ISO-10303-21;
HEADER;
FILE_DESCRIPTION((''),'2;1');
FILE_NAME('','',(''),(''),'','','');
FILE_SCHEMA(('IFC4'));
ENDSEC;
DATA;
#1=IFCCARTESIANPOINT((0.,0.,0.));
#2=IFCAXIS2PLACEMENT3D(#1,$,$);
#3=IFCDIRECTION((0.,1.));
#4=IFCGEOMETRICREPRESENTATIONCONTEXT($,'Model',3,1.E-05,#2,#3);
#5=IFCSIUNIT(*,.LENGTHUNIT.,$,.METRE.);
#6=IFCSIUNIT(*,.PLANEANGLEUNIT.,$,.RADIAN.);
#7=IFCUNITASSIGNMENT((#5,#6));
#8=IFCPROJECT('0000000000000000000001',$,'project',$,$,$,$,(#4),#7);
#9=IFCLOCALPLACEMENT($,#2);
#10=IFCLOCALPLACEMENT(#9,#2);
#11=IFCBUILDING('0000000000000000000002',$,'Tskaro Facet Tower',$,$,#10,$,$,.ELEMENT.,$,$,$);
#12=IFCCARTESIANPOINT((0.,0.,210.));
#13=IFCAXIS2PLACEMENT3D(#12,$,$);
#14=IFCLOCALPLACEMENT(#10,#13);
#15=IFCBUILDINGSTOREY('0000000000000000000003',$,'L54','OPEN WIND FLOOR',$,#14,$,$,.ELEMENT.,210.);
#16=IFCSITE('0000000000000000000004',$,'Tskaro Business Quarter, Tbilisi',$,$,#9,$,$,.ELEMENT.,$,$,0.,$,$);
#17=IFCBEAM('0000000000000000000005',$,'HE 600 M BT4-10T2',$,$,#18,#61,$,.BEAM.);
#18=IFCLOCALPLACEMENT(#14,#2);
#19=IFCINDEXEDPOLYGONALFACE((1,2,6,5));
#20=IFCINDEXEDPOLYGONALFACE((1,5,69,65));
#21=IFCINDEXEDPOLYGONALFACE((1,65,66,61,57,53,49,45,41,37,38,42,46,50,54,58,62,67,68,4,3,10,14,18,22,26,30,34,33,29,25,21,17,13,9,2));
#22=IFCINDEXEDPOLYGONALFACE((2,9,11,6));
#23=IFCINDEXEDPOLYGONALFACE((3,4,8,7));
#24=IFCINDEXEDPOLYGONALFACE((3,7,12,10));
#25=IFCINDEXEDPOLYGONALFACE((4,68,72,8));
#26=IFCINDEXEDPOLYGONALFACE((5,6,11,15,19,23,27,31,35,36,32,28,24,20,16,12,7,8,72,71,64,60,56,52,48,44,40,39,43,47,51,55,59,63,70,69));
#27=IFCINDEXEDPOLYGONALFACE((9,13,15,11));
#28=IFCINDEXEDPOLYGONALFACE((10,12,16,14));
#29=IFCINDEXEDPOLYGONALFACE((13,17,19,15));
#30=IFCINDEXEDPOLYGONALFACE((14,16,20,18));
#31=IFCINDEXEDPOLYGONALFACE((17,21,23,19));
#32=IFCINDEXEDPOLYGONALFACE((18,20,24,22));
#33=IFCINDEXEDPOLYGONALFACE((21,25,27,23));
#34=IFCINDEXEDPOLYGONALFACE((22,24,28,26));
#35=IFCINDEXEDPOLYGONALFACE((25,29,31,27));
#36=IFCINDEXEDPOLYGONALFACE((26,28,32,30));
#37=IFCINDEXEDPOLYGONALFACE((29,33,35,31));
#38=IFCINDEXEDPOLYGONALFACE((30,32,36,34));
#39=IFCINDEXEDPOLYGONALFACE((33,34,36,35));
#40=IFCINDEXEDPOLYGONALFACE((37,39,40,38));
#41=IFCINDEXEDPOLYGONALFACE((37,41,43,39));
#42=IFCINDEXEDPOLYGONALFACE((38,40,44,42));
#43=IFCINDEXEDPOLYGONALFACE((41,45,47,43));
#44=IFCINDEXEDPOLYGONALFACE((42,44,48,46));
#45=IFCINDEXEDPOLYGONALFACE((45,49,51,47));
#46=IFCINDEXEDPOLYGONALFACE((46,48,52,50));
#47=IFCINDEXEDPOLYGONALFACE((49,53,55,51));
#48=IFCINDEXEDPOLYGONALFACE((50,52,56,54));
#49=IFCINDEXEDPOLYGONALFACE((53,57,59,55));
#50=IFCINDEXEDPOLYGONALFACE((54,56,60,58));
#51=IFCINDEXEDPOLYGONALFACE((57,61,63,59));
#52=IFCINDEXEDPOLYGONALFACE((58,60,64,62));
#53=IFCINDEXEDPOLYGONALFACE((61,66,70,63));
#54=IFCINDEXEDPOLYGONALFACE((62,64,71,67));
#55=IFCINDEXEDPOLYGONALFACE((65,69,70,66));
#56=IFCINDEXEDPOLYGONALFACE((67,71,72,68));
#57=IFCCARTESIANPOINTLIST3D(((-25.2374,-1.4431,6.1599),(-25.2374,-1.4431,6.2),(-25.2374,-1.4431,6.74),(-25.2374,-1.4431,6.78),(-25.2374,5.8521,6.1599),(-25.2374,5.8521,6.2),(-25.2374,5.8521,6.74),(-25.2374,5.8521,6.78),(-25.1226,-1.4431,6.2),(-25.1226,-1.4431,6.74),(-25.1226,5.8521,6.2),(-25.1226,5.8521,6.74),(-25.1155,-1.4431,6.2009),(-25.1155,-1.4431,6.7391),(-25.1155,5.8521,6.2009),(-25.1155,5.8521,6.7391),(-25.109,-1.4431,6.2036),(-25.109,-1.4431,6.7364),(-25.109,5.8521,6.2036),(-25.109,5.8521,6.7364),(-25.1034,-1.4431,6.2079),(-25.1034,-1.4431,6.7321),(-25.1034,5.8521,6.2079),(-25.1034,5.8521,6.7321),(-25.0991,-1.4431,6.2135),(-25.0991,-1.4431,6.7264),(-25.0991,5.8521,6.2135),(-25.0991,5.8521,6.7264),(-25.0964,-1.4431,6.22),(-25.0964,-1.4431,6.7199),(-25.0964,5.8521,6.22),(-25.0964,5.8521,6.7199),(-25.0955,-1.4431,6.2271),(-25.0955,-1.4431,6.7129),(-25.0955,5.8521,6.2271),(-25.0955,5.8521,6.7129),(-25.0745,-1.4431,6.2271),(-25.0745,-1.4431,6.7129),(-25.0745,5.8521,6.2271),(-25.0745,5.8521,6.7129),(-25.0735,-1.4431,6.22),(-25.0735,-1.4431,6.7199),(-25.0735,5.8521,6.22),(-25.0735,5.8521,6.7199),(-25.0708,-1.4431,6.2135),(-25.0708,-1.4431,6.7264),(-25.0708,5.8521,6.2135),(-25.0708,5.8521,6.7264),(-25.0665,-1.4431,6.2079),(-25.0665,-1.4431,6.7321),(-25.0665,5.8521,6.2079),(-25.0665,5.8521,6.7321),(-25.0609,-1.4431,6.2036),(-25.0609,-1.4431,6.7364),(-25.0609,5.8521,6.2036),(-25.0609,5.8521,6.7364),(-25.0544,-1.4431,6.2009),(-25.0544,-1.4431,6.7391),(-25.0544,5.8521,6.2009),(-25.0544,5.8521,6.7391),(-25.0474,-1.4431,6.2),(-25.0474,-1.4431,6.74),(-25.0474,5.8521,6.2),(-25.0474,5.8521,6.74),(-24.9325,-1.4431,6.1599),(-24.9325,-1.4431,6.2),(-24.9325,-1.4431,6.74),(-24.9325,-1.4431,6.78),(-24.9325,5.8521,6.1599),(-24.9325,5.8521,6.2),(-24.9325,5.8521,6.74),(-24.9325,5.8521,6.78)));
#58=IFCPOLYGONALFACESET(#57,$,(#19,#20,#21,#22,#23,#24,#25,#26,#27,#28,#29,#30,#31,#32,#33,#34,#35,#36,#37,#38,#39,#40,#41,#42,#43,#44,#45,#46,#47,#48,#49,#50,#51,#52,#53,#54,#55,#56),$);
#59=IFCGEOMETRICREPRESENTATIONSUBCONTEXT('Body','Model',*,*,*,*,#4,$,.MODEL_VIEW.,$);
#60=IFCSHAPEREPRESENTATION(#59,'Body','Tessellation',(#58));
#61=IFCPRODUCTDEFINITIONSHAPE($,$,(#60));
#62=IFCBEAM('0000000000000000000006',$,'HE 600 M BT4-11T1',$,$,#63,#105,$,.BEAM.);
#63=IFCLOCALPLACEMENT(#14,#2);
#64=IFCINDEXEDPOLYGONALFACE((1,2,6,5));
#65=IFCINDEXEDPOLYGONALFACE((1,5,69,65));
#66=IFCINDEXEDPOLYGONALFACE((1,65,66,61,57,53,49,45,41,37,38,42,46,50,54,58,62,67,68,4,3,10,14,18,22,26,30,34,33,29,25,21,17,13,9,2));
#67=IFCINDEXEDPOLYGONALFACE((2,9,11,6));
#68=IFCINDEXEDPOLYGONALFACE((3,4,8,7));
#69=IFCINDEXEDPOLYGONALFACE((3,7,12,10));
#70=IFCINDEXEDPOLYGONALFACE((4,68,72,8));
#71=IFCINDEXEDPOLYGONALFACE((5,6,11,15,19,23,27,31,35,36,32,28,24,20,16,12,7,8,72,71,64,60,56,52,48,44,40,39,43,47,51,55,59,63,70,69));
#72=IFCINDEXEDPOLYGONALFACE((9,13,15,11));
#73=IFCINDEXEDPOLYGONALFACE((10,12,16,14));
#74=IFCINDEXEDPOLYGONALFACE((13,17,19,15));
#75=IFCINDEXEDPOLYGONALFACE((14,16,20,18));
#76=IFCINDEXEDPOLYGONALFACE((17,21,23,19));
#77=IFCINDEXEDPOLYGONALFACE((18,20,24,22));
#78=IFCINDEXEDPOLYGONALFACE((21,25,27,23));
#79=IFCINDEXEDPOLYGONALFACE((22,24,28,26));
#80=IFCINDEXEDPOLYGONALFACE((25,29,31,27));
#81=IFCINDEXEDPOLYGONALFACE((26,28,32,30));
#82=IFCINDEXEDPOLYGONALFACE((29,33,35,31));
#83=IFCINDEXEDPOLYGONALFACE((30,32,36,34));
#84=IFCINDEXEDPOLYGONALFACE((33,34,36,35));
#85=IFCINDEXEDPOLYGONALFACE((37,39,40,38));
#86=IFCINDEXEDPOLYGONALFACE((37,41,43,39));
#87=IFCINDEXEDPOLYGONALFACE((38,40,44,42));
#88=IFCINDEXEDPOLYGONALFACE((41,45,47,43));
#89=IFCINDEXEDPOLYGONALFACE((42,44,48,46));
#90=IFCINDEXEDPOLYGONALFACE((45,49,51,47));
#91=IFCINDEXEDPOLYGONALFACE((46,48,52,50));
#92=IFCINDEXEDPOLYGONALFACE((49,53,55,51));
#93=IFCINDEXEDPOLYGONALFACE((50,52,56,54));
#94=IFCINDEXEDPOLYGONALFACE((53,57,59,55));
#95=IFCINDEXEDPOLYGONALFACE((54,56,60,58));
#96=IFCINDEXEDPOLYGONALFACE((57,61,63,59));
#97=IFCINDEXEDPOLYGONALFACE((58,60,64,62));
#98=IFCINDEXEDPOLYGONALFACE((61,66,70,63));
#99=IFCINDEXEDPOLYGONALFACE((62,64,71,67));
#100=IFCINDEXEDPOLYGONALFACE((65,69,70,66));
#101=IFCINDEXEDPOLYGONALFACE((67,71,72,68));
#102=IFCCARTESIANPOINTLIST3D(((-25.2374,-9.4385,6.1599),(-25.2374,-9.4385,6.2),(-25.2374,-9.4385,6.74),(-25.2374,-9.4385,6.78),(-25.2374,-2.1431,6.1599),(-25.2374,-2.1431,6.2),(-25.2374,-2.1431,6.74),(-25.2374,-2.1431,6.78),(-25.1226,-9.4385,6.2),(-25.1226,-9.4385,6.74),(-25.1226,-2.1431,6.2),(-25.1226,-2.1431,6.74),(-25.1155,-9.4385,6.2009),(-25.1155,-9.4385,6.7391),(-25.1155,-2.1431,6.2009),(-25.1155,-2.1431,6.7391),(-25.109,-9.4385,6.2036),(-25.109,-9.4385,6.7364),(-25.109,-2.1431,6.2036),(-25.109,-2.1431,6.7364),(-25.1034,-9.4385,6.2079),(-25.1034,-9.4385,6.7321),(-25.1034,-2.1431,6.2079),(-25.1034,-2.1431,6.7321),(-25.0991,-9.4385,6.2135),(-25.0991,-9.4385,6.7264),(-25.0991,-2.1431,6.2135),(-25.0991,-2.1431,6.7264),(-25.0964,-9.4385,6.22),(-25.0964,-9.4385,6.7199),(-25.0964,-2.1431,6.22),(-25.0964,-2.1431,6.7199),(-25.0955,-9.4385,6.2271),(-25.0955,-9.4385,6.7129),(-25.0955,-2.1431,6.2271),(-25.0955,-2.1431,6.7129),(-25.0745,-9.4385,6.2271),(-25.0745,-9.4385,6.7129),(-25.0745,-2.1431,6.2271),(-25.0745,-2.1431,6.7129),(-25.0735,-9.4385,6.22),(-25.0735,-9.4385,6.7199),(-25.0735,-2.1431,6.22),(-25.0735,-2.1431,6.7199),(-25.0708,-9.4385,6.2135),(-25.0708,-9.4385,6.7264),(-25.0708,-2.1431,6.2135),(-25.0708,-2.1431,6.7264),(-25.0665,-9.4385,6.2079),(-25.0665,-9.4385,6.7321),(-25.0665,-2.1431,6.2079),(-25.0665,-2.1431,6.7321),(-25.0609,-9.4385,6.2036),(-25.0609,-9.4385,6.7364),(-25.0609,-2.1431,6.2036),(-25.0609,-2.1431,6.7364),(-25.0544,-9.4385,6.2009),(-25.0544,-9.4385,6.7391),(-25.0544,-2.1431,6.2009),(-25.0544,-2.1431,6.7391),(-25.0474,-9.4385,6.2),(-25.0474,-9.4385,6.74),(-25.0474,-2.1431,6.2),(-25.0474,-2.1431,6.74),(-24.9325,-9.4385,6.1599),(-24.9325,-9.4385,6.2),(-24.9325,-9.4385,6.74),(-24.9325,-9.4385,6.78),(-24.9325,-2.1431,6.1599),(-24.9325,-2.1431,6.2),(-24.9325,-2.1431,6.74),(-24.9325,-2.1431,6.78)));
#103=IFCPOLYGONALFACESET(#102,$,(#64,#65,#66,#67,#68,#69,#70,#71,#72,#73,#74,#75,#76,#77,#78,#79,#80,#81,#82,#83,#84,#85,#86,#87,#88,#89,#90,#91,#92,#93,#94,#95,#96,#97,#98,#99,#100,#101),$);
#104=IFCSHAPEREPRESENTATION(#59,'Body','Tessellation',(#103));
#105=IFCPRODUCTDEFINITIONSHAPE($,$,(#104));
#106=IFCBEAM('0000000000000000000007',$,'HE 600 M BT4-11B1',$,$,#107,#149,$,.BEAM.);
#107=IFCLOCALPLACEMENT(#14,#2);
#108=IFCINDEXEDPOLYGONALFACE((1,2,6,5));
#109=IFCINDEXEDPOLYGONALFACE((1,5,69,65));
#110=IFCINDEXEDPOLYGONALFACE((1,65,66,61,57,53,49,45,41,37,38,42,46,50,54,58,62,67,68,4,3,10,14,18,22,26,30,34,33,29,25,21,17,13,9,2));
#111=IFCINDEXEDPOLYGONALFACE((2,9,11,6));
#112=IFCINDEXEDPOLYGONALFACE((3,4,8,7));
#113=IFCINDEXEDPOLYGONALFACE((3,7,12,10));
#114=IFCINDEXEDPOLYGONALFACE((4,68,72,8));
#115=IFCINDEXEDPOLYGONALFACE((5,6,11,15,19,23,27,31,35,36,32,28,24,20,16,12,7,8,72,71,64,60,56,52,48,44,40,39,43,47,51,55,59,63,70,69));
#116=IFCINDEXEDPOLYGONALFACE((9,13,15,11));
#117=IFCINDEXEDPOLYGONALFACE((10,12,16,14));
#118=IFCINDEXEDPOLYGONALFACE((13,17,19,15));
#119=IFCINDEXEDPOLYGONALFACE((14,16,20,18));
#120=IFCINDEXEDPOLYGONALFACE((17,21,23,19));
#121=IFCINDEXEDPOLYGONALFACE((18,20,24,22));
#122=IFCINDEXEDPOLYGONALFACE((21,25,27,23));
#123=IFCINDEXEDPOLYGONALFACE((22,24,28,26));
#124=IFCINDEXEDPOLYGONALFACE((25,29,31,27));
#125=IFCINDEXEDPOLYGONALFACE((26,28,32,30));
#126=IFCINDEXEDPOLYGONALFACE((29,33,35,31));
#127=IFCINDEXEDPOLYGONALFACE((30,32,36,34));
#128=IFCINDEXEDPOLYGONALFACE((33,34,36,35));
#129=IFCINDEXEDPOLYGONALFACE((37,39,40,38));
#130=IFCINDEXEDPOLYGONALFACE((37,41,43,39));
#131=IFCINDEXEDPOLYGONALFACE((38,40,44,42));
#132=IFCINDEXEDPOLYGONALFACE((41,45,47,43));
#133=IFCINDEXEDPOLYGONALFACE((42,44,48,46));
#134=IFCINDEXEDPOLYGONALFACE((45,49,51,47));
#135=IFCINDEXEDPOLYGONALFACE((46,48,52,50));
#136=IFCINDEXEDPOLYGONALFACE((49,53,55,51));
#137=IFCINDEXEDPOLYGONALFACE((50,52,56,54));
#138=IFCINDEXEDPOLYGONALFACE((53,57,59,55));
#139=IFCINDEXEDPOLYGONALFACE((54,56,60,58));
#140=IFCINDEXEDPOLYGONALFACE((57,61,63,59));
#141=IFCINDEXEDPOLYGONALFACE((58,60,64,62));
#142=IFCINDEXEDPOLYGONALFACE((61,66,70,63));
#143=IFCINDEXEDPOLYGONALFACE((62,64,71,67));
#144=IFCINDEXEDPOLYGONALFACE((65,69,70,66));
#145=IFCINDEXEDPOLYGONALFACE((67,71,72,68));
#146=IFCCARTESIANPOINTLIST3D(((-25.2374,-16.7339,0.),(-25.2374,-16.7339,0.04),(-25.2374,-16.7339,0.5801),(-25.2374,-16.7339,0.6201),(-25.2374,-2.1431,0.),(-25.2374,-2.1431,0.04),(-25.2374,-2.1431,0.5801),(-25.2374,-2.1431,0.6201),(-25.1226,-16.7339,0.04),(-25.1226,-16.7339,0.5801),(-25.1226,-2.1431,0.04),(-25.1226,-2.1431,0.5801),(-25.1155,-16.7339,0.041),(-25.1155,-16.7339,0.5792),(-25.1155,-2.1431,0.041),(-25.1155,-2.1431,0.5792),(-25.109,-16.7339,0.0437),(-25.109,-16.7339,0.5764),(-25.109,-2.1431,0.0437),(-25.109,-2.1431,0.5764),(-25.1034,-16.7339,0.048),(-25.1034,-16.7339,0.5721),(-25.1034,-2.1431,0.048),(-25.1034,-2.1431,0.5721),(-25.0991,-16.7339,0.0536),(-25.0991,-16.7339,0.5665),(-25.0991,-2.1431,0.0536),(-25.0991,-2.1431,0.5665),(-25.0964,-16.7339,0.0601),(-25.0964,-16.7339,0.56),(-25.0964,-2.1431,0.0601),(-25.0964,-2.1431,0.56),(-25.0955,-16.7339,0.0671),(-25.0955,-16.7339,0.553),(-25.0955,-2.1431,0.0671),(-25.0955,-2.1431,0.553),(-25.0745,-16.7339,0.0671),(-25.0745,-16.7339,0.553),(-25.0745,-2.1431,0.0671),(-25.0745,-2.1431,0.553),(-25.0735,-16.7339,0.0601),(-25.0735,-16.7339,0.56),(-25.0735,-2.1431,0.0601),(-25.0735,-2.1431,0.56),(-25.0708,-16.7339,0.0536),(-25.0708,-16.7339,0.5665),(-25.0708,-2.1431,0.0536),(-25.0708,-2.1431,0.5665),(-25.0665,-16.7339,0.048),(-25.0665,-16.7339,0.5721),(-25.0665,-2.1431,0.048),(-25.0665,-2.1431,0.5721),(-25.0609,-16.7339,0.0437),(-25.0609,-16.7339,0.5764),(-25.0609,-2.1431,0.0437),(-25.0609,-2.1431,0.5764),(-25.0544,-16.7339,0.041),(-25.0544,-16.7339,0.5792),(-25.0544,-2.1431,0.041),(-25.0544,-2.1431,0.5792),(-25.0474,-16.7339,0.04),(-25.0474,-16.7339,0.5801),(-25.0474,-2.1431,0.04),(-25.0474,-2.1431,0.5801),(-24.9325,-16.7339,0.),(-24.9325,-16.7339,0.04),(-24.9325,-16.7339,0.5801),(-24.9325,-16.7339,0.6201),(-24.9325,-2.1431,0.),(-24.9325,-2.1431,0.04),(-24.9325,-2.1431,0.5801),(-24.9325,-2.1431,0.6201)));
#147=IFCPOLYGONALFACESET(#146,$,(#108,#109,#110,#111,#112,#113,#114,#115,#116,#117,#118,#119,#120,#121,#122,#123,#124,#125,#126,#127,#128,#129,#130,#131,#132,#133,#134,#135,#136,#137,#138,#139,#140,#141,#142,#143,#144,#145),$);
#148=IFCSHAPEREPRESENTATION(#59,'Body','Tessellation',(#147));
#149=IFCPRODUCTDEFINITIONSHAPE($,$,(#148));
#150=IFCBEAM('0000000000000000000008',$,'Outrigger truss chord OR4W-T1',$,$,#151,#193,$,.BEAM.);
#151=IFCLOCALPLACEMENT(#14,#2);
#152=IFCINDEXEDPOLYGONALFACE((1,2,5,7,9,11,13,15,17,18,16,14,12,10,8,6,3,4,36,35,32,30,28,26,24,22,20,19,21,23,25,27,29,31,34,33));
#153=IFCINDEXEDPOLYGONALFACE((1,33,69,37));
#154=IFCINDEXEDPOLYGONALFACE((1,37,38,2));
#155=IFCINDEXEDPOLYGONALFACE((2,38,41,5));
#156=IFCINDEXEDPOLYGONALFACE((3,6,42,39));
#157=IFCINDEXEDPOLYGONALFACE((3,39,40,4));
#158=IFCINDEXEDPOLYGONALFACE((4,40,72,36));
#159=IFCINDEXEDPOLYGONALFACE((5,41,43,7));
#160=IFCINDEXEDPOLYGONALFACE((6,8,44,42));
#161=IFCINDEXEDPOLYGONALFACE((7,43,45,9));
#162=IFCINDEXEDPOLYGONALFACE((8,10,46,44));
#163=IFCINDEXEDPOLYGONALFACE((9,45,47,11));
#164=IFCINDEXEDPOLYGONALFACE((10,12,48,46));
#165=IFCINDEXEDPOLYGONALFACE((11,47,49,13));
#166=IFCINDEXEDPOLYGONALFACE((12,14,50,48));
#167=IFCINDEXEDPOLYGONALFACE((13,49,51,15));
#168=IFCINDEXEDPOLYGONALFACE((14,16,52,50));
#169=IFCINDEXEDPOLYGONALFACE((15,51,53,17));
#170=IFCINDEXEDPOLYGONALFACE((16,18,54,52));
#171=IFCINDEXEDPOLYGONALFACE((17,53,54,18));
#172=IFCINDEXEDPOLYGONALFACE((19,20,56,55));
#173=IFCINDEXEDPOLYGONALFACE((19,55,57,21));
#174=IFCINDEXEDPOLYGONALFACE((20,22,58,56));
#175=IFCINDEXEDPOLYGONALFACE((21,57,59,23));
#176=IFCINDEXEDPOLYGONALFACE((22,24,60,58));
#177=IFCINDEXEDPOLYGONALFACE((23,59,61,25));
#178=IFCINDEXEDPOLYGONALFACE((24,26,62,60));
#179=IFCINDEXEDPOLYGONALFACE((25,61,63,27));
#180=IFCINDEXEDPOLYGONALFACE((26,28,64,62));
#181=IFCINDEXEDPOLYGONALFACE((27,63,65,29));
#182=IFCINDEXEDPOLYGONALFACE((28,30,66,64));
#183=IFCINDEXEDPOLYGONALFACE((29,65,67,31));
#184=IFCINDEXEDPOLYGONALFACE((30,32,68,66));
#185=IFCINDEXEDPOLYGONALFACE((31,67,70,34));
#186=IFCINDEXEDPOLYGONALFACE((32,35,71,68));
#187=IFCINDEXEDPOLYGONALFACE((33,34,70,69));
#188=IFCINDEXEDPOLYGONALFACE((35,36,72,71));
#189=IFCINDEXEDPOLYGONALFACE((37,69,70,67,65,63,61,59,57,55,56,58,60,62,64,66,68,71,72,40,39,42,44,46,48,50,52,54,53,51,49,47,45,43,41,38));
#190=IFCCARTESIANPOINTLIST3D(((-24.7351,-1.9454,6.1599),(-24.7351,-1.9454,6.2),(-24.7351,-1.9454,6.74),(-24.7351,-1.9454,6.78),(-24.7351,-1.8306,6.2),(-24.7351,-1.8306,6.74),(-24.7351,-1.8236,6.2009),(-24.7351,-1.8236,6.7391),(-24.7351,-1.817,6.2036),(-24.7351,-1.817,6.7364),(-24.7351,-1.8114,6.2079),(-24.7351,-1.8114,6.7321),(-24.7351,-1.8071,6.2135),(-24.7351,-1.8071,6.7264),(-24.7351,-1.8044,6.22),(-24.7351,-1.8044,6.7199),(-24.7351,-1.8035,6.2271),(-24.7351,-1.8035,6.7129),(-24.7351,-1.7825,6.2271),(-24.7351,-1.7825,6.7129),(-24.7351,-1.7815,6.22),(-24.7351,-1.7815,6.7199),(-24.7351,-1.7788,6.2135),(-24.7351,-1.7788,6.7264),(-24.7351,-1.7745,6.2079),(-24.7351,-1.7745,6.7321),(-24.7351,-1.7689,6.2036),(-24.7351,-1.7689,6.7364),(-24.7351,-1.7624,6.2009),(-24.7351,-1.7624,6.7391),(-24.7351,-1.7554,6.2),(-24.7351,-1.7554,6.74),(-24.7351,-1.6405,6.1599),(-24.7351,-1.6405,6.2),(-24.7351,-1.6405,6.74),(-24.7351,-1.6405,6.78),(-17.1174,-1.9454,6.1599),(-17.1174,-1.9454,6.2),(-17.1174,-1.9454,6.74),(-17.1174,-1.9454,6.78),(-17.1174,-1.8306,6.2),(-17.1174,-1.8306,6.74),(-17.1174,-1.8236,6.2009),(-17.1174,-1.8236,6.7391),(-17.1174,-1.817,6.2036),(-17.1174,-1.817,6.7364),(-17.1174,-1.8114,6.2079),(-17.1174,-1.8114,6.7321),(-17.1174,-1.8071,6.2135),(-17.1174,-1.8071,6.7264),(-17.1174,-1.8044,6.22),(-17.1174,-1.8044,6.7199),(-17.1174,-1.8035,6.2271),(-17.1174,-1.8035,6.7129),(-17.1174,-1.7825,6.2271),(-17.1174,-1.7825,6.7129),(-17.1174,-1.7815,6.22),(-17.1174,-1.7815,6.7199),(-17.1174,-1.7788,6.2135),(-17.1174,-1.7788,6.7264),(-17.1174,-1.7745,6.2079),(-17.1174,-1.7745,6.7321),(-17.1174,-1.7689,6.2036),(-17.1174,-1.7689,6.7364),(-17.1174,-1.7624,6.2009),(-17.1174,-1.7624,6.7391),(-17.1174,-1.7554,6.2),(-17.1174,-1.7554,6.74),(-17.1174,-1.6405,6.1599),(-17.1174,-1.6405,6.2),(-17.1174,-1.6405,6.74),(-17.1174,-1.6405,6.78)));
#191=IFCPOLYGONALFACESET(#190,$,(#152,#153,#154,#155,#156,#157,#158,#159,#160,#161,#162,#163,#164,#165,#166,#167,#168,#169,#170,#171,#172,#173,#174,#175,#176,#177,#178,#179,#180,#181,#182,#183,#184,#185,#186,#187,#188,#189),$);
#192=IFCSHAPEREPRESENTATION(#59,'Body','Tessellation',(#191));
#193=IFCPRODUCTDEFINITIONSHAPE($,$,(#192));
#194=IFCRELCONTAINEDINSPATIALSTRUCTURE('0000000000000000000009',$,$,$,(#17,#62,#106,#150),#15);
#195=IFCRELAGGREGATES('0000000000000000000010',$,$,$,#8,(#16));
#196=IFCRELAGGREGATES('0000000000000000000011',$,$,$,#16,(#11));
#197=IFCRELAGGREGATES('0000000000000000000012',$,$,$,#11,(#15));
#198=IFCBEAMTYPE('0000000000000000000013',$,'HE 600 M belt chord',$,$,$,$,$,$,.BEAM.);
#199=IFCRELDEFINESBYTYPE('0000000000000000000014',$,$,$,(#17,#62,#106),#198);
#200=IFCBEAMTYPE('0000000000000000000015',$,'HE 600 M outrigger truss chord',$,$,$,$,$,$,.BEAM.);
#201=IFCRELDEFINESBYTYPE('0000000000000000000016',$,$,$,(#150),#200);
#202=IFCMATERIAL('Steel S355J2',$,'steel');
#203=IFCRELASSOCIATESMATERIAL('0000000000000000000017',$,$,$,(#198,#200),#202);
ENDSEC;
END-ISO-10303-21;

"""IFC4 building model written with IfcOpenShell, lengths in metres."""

from ifc_helpers import new_model, si_unit, direction, frame, origin, origin_2d, place, context, subcontext, project, spatial, i_section, extrude, material, material_profile, profile_set, type_object, element, save


model = new_model("IFC4")

# Units and contexts
model_context = context("Model", 3, precision=1e-05, world=origin(), true_north=direction((0.0, 1.0)))
body_context = subcontext(model_context, "Body", "Model", "MODEL_VIEW")
ifc_project = project(units=[si_unit("LENGTHUNIT", "METRE"), si_unit("PLANEANGLEUNIT", "RADIAN")], contexts=[model_context])

# Site, building, storey
site_placement = place(None, origin())
site = spatial("IfcSite", under=ifc_project, at=site_placement, Name="Tskaro Business Quarter, Tbilisi", CompositionType="ELEMENT", RefElevation=0.0)
building_placement = place(site_placement, origin())
building = spatial("IfcBuilding", under=site, at=building_placement, Name="Tskaro Facet Tower", CompositionType="ELEMENT")
storey_placement = place(building_placement, frame((0.0, 0.0, 210.0)))
storey = spatial("IfcBuildingStorey", under=building, at=storey_placement, Name="L54", Description="OPEN WIND FLOOR", CompositionType="ELEMENT", Elevation=210.0)

# Shared definitions
ifc_material_1 = material(Name="Steel S355J2", Category="steel")

# Beams
ifc_material_profile_1 = material_profile(ifc_material_1, i_section(OverallWidth=0.3049, OverallDepth=0.6201, WebThickness=0.021, FlangeThickness=0.04, FilletRadius=0.0271, at=origin_2d()), Name="HE 600 M")
ifc_profile_set_1 = profile_set([ifc_material_profile_1], Name="Steel S355J2")
beam_type_1 = type_object("IfcBeamType", Name="HE 600 M belt chord", PredefinedType="BEAM", material=ifc_profile_set_1)
beam_1_placement = place(storey_placement, frame((-25.085, 5.8521, 6.47), z_axis=(0.0, -1.0, 0.0), x_axis=(1.0, 0.0, 0.0)))
element("IfcBeam", 1, at=beam_1_placement, inside=storey, type_object=beam_type_1, Name="HE 600 M BT4-10T2", PredefinedType="BEAM", context=body_context, shape_type="SweptSolid", body=[
    extrude(i_section(OverallWidth=0.3049, OverallDepth=0.6201, WebThickness=0.021, FlangeThickness=0.04, FilletRadius=0.0271, at=origin_2d()), origin(), (0.0, 0.0, 1.0), 7.2952),
])
beam_2_placement = place(storey_placement, frame((-25.085, -2.1431, 6.47), z_axis=(0.0, -1.0, 0.0), x_axis=(1.0, 0.0, 0.0)))
element("IfcBeam", 2, at=beam_2_placement, inside=storey, type_object=beam_type_1, Name="HE 600 M BT4-11T1", PredefinedType="BEAM", context=body_context, shape_type="SweptSolid", body=[
    extrude(i_section(OverallWidth=0.3049, OverallDepth=0.6201, WebThickness=0.021, FlangeThickness=0.04, FilletRadius=0.0271, at=origin_2d()), origin(), (0.0, 0.0, 1.0), 7.2954),
])
beam_3_placement = place(storey_placement, frame((-25.085, -2.1431, 0.3101), z_axis=(0.0, -1.0, 0.0), x_axis=(1.0, 0.0, 0.0)))
element("IfcBeam", 3, at=beam_3_placement, inside=storey, type_object=beam_type_1, Name="HE 600 M BT4-11B1", PredefinedType="BEAM", context=body_context, shape_type="SweptSolid", body=[
    extrude(i_section(OverallWidth=0.3049, OverallDepth=0.6201, WebThickness=0.021, FlangeThickness=0.04, FilletRadius=0.0271, at=origin_2d()), origin(), (0.0, 0.0, 1.0), 14.5908),
])
ifc_material_profile_2 = material_profile(ifc_material_1, i_section(OverallWidth=0.3049, OverallDepth=0.6201, WebThickness=0.021, FlangeThickness=0.04, FilletRadius=0.0271, at=origin_2d()), Name="HE 600 M")
ifc_profile_set_2 = profile_set([ifc_material_profile_2], Name="Steel S355J2")
beam_type_2 = type_object("IfcBeamType", Name="HE 600 M outrigger truss chord", PredefinedType="BEAM", material=ifc_profile_set_2)
for number, where, z_axis, x_axis, name in (
    (4, (-24.7351, -1.793, 6.47), (1.0, 0.0, 0.0), (0.0, 1.0, 0.0), "Outrigger truss chord OR4W-T1"),
):
    element("IfcBeam", number, at=place(storey_placement, frame(where, z_axis=z_axis, x_axis=x_axis)), inside=storey, type_object=beam_type_2, Name=name, PredefinedType="BEAM", context=body_context, shape_type="SweptSolid", body=[
        extrude(i_section(OverallWidth=0.3049, OverallDepth=0.6201, WebThickness=0.021, FlangeThickness=0.04, FilletRadius=0.0271, at=origin_2d()), origin(), (0.0, 0.0, 1.0), 7.6177),
    ])

save(model, "model.ifc")
